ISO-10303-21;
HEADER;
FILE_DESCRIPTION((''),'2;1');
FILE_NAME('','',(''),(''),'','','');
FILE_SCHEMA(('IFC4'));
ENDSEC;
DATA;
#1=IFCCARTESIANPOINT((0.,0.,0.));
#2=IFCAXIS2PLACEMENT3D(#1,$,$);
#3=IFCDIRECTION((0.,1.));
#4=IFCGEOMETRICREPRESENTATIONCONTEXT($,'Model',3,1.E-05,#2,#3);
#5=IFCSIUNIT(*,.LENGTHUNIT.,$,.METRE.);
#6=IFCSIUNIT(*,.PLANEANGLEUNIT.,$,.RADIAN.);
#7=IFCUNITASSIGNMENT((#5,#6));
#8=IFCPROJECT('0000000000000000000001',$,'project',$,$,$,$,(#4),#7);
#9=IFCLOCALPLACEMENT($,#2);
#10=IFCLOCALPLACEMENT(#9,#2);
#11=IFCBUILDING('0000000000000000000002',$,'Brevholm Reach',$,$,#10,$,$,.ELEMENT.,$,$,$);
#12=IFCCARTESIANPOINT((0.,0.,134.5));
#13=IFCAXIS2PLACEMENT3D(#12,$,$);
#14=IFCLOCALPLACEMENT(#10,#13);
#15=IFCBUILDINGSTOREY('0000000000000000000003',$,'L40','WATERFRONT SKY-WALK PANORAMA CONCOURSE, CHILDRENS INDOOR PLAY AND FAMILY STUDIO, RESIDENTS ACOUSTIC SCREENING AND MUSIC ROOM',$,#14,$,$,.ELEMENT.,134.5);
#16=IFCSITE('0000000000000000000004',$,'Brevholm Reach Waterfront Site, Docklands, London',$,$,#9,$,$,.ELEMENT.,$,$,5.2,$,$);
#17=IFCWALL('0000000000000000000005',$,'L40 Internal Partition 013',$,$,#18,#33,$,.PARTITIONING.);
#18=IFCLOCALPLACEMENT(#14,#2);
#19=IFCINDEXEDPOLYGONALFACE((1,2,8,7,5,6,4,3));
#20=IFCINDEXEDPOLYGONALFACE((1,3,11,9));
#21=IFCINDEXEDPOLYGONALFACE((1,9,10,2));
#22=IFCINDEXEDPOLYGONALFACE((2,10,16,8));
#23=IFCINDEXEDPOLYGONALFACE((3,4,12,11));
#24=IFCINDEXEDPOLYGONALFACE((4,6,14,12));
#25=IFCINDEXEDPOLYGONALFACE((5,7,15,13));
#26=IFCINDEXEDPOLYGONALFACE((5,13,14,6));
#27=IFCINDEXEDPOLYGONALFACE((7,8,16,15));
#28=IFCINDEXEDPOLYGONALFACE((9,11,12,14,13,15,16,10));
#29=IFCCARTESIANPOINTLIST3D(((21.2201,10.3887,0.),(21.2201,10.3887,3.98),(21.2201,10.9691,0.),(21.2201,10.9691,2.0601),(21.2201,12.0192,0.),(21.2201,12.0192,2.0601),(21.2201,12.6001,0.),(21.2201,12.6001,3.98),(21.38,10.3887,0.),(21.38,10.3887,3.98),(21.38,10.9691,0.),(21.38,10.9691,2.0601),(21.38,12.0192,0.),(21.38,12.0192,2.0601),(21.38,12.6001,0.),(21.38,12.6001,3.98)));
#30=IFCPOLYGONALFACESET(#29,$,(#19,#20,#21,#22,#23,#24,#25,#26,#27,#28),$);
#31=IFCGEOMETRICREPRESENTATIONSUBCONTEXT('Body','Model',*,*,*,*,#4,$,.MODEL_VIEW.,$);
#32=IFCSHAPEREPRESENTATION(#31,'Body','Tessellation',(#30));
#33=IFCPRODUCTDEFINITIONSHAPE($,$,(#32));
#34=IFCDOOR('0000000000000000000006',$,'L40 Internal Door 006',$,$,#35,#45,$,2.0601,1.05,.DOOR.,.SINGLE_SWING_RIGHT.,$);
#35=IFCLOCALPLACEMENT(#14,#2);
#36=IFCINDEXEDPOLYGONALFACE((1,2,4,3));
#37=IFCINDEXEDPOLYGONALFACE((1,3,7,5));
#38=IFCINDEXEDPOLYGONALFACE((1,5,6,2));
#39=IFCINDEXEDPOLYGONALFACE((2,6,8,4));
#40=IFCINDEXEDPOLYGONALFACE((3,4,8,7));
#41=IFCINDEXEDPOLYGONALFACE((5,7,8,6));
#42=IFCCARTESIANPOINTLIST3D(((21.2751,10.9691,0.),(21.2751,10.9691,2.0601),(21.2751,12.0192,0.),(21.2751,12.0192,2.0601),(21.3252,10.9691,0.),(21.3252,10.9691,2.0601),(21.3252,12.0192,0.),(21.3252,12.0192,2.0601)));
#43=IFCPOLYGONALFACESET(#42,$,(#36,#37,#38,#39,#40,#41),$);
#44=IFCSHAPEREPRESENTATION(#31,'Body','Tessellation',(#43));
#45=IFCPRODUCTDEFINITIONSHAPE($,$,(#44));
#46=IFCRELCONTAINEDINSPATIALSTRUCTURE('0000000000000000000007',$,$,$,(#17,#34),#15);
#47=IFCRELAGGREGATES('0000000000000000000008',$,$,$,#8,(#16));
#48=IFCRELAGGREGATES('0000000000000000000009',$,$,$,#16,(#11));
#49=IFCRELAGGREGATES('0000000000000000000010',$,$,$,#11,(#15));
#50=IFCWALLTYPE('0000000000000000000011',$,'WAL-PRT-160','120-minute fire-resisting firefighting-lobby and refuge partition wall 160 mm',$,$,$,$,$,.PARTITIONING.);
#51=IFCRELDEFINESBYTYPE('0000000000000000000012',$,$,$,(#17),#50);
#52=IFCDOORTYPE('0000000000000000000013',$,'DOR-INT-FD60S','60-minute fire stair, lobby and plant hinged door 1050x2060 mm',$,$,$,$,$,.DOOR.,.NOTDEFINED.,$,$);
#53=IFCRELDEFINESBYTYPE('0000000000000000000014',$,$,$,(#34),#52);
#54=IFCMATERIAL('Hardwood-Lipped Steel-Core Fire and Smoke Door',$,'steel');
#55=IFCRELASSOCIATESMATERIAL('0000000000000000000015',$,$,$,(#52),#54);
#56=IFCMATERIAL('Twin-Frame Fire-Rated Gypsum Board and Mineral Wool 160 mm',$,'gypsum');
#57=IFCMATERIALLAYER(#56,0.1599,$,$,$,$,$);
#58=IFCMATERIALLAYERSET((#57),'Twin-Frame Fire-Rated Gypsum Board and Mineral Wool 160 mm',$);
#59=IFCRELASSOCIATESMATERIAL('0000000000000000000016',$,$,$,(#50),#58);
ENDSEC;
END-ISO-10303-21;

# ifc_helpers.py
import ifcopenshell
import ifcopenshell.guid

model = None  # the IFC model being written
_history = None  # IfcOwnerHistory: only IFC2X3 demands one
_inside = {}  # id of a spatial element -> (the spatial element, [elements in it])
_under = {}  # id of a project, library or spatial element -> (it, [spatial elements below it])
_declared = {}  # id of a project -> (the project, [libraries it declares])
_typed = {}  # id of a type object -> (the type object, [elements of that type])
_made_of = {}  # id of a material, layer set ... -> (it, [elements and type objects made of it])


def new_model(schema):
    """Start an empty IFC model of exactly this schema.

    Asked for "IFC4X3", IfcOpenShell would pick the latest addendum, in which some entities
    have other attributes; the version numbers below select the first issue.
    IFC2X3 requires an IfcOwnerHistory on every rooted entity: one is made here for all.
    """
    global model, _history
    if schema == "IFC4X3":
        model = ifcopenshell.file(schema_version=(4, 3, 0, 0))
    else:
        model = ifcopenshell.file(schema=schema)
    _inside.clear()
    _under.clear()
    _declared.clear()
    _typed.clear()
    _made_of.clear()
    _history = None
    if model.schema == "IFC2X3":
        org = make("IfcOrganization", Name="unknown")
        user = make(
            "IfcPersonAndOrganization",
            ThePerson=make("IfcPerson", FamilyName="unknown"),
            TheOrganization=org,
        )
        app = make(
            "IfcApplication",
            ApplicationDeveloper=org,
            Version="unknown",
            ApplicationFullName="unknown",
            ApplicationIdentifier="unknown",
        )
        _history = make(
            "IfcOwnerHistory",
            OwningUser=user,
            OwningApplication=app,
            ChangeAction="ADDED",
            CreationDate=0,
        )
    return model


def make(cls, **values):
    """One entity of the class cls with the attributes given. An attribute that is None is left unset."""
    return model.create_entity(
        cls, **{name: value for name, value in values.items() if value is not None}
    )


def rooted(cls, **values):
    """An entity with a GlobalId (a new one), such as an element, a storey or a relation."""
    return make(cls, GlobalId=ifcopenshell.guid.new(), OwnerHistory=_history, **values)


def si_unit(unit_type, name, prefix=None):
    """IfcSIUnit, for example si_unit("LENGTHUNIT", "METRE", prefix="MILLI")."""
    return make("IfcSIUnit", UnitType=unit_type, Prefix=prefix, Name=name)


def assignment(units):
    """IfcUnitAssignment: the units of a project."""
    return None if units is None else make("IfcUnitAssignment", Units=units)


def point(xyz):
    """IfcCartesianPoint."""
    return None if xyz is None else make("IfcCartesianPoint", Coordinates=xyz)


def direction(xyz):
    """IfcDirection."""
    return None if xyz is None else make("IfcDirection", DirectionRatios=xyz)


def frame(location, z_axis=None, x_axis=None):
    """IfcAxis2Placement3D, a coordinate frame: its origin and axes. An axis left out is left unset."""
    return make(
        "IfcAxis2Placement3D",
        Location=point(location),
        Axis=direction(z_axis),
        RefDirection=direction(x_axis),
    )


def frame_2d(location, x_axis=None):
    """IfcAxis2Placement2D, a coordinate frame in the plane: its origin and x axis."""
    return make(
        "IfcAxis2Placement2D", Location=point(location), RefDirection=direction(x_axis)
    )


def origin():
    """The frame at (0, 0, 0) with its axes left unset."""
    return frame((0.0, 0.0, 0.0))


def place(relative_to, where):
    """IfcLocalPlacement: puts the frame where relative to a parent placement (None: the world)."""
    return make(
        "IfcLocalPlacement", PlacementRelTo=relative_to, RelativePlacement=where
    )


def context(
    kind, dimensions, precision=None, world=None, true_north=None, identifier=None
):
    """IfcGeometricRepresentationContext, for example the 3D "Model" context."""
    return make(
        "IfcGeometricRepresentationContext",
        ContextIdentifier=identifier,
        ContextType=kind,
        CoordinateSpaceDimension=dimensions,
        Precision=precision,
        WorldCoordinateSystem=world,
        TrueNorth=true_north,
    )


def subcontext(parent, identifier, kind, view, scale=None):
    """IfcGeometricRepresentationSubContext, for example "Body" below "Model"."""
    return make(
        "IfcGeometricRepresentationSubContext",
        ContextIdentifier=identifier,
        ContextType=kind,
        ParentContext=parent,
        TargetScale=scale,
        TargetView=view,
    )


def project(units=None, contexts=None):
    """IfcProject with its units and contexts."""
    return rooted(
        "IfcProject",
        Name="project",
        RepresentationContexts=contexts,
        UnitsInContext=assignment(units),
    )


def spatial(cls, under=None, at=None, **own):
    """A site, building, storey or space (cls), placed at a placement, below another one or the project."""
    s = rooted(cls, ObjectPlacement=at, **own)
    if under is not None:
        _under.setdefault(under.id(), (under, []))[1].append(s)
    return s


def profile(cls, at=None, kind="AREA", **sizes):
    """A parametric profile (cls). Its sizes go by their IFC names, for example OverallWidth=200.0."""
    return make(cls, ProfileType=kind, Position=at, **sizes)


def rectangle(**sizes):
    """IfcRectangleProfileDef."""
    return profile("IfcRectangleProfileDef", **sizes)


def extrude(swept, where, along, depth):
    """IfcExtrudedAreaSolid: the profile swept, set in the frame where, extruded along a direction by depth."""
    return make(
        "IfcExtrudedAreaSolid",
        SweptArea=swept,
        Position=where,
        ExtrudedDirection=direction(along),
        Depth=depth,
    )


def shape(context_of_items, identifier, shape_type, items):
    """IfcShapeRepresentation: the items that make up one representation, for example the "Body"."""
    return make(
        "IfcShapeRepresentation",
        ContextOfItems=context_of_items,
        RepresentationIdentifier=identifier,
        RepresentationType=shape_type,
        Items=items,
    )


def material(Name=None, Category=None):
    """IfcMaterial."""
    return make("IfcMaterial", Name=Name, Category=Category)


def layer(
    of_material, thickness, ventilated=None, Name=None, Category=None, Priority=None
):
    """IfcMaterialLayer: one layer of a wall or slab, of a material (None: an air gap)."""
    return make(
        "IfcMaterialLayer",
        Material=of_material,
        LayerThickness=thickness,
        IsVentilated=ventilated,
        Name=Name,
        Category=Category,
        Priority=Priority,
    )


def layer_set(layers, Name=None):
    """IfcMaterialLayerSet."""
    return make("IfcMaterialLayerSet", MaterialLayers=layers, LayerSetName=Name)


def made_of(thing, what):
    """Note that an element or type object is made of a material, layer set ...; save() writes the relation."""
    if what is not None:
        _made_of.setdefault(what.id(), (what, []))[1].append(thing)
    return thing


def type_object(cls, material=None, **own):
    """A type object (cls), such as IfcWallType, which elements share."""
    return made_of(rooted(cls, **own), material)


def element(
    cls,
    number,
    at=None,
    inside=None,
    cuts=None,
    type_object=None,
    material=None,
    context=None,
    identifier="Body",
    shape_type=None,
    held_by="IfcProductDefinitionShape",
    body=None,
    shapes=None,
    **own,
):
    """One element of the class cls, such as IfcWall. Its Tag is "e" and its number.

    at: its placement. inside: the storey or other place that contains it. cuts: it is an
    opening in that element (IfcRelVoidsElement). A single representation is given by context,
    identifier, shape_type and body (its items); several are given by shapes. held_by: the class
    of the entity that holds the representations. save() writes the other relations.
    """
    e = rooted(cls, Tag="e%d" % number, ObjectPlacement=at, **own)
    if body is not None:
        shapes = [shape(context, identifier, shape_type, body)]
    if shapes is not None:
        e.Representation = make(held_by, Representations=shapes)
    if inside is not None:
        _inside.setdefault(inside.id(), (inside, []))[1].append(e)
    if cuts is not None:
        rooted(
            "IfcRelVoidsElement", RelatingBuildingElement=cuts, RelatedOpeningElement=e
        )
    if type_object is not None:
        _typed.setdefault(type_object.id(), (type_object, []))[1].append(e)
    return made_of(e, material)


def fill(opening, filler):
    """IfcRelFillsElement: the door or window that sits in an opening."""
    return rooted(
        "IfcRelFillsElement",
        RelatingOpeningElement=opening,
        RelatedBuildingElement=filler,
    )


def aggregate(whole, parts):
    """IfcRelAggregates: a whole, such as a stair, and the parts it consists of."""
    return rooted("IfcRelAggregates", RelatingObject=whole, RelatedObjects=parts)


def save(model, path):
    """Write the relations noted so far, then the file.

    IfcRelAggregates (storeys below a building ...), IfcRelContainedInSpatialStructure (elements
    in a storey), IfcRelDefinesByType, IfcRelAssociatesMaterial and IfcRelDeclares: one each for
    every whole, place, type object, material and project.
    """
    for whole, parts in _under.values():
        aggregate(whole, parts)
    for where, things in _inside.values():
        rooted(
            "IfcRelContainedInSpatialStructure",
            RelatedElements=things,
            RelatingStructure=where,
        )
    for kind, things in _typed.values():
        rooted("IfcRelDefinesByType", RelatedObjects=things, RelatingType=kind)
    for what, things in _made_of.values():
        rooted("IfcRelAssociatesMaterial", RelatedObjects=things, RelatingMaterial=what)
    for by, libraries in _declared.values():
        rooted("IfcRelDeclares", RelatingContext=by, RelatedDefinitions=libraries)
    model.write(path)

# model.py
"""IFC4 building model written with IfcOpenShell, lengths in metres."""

from ifc_helpers import new_model, si_unit, direction, frame, frame_2d, origin, place, context, subcontext, project, spatial, rectangle, extrude, material, layer, layer_set, type_object, element, fill, save


model = new_model("IFC4")

# Units and contexts
model_context = context("Model", 3, precision=1e-05, world=origin(), true_north=direction((0.0, 1.0)))
body_context = subcontext(model_context, "Body", "Model", "MODEL_VIEW")
ifc_project = project(units=[si_unit("LENGTHUNIT", "METRE"), si_unit("PLANEANGLEUNIT", "RADIAN")], contexts=[model_context])

# Site, building, storey
site_placement = place(None, origin())
site = spatial("IfcSite", under=ifc_project, at=site_placement, Name="Brevholm Reach Waterfront Site, Docklands, London", CompositionType="ELEMENT", RefElevation=5.2)
building_placement = place(site_placement, origin())
building = spatial("IfcBuilding", under=site, at=building_placement, Name="Brevholm Reach", CompositionType="ELEMENT")
storey_placement = place(building_placement, frame((0.0, 0.0, 134.5)))
storey = spatial("IfcBuildingStorey", under=building, at=storey_placement, Name="L40", Description="WATERFRONT SKY-WALK PANORAMA CONCOURSE, CHILDRENS INDOOR PLAY AND FAMILY STUDIO, RESIDENTS ACOUSTIC SCREENING AND MUSIC ROOM", CompositionType="ELEMENT", Elevation=134.5)

# Shared definitions
ifc_material_1 = material(Name="Hardwood-Lipped Steel-Core Fire and Smoke Door", Category="steel")
door_type_1 = type_object("IfcDoorType", Name="DOR-INT-FD60S", Description="60-minute fire stair, lobby and plant hinged door 1050x2060 mm", OperationType="NOTDEFINED", PredefinedType="DOOR", material=ifc_material_1)

# Wall, opening, door
ifc_material_2 = material(Name="Twin-Frame Fire-Rated Gypsum Board and Mineral Wool 160 mm", Category="gypsum")
ifc_layer_1 = layer(ifc_material_2, 0.1599)
ifc_layer_set_1 = layer_set([ifc_layer_1], Name="Twin-Frame Fire-Rated Gypsum Board and Mineral Wool 160 mm")
wall_type_1 = type_object("IfcWallType", Name="WAL-PRT-160", Description="120-minute fire-resisting firefighting-lobby and refuge partition wall 160 mm", PredefinedType="PARTITIONING", material=ifc_layer_set_1)
wall_1_placement = place(storey_placement, frame((21.3, 10.3887, 0.0), z_axis=(0.0, 0.0, 1.0), x_axis=(0.0, 1.0, 0.0)))
wall_1 = element("IfcWall", 1, at=wall_1_placement, inside=storey, type_object=wall_type_1, Name="L40 Internal Partition 013", PredefinedType="PARTITIONING", context=body_context, shape_type="SweptSolid", body=[
    extrude(rectangle(XDim=2.2114, YDim=0.1599, at=frame_2d((1.1057, 0.0))), origin(), (0.0, 0.0, 1.0), 3.98),
])
opening_1_placement = place(wall_1_placement, frame((0.5806, 0.0, 0.0)))
opening_1 = element("IfcOpeningElement", 2, at=opening_1_placement, cuts=wall_1, PredefinedType="OPENING", context=body_context, shape_type="SweptSolid", body=[
    extrude(rectangle(XDim=1.05, YDim=2.0601, at=frame_2d((0.5249, 1.03))), frame((0.0, 0.0898, 0.0), z_axis=(0.0, -1.0, 0.0), x_axis=(1.0, 0.0, 0.0)), (0.0, 0.0, 1.0), 0.1799),
])
door_1_placement = place(opening_1_placement, origin())
door_1 = element("IfcDoor", 3, at=door_1_placement, inside=storey, type_object=door_type_1, Name="L40 Internal Door 006", OperationType="SINGLE_SWING_RIGHT", OverallHeight=2.0601, OverallWidth=1.05, PredefinedType="DOOR", context=body_context, shape_type="SweptSolid", body=[
    extrude(rectangle(XDim=1.05, YDim=2.0601, at=frame_2d((0.5249, 1.03))), frame((0.0, 0.0249, 0.0), z_axis=(0.0, -1.0, 0.0), x_axis=(1.0, 0.0, 0.0)), (0.0, 0.0, 1.0), 0.05),
])
fill(opening_1, door_1)

save(model, "model.ifc")
